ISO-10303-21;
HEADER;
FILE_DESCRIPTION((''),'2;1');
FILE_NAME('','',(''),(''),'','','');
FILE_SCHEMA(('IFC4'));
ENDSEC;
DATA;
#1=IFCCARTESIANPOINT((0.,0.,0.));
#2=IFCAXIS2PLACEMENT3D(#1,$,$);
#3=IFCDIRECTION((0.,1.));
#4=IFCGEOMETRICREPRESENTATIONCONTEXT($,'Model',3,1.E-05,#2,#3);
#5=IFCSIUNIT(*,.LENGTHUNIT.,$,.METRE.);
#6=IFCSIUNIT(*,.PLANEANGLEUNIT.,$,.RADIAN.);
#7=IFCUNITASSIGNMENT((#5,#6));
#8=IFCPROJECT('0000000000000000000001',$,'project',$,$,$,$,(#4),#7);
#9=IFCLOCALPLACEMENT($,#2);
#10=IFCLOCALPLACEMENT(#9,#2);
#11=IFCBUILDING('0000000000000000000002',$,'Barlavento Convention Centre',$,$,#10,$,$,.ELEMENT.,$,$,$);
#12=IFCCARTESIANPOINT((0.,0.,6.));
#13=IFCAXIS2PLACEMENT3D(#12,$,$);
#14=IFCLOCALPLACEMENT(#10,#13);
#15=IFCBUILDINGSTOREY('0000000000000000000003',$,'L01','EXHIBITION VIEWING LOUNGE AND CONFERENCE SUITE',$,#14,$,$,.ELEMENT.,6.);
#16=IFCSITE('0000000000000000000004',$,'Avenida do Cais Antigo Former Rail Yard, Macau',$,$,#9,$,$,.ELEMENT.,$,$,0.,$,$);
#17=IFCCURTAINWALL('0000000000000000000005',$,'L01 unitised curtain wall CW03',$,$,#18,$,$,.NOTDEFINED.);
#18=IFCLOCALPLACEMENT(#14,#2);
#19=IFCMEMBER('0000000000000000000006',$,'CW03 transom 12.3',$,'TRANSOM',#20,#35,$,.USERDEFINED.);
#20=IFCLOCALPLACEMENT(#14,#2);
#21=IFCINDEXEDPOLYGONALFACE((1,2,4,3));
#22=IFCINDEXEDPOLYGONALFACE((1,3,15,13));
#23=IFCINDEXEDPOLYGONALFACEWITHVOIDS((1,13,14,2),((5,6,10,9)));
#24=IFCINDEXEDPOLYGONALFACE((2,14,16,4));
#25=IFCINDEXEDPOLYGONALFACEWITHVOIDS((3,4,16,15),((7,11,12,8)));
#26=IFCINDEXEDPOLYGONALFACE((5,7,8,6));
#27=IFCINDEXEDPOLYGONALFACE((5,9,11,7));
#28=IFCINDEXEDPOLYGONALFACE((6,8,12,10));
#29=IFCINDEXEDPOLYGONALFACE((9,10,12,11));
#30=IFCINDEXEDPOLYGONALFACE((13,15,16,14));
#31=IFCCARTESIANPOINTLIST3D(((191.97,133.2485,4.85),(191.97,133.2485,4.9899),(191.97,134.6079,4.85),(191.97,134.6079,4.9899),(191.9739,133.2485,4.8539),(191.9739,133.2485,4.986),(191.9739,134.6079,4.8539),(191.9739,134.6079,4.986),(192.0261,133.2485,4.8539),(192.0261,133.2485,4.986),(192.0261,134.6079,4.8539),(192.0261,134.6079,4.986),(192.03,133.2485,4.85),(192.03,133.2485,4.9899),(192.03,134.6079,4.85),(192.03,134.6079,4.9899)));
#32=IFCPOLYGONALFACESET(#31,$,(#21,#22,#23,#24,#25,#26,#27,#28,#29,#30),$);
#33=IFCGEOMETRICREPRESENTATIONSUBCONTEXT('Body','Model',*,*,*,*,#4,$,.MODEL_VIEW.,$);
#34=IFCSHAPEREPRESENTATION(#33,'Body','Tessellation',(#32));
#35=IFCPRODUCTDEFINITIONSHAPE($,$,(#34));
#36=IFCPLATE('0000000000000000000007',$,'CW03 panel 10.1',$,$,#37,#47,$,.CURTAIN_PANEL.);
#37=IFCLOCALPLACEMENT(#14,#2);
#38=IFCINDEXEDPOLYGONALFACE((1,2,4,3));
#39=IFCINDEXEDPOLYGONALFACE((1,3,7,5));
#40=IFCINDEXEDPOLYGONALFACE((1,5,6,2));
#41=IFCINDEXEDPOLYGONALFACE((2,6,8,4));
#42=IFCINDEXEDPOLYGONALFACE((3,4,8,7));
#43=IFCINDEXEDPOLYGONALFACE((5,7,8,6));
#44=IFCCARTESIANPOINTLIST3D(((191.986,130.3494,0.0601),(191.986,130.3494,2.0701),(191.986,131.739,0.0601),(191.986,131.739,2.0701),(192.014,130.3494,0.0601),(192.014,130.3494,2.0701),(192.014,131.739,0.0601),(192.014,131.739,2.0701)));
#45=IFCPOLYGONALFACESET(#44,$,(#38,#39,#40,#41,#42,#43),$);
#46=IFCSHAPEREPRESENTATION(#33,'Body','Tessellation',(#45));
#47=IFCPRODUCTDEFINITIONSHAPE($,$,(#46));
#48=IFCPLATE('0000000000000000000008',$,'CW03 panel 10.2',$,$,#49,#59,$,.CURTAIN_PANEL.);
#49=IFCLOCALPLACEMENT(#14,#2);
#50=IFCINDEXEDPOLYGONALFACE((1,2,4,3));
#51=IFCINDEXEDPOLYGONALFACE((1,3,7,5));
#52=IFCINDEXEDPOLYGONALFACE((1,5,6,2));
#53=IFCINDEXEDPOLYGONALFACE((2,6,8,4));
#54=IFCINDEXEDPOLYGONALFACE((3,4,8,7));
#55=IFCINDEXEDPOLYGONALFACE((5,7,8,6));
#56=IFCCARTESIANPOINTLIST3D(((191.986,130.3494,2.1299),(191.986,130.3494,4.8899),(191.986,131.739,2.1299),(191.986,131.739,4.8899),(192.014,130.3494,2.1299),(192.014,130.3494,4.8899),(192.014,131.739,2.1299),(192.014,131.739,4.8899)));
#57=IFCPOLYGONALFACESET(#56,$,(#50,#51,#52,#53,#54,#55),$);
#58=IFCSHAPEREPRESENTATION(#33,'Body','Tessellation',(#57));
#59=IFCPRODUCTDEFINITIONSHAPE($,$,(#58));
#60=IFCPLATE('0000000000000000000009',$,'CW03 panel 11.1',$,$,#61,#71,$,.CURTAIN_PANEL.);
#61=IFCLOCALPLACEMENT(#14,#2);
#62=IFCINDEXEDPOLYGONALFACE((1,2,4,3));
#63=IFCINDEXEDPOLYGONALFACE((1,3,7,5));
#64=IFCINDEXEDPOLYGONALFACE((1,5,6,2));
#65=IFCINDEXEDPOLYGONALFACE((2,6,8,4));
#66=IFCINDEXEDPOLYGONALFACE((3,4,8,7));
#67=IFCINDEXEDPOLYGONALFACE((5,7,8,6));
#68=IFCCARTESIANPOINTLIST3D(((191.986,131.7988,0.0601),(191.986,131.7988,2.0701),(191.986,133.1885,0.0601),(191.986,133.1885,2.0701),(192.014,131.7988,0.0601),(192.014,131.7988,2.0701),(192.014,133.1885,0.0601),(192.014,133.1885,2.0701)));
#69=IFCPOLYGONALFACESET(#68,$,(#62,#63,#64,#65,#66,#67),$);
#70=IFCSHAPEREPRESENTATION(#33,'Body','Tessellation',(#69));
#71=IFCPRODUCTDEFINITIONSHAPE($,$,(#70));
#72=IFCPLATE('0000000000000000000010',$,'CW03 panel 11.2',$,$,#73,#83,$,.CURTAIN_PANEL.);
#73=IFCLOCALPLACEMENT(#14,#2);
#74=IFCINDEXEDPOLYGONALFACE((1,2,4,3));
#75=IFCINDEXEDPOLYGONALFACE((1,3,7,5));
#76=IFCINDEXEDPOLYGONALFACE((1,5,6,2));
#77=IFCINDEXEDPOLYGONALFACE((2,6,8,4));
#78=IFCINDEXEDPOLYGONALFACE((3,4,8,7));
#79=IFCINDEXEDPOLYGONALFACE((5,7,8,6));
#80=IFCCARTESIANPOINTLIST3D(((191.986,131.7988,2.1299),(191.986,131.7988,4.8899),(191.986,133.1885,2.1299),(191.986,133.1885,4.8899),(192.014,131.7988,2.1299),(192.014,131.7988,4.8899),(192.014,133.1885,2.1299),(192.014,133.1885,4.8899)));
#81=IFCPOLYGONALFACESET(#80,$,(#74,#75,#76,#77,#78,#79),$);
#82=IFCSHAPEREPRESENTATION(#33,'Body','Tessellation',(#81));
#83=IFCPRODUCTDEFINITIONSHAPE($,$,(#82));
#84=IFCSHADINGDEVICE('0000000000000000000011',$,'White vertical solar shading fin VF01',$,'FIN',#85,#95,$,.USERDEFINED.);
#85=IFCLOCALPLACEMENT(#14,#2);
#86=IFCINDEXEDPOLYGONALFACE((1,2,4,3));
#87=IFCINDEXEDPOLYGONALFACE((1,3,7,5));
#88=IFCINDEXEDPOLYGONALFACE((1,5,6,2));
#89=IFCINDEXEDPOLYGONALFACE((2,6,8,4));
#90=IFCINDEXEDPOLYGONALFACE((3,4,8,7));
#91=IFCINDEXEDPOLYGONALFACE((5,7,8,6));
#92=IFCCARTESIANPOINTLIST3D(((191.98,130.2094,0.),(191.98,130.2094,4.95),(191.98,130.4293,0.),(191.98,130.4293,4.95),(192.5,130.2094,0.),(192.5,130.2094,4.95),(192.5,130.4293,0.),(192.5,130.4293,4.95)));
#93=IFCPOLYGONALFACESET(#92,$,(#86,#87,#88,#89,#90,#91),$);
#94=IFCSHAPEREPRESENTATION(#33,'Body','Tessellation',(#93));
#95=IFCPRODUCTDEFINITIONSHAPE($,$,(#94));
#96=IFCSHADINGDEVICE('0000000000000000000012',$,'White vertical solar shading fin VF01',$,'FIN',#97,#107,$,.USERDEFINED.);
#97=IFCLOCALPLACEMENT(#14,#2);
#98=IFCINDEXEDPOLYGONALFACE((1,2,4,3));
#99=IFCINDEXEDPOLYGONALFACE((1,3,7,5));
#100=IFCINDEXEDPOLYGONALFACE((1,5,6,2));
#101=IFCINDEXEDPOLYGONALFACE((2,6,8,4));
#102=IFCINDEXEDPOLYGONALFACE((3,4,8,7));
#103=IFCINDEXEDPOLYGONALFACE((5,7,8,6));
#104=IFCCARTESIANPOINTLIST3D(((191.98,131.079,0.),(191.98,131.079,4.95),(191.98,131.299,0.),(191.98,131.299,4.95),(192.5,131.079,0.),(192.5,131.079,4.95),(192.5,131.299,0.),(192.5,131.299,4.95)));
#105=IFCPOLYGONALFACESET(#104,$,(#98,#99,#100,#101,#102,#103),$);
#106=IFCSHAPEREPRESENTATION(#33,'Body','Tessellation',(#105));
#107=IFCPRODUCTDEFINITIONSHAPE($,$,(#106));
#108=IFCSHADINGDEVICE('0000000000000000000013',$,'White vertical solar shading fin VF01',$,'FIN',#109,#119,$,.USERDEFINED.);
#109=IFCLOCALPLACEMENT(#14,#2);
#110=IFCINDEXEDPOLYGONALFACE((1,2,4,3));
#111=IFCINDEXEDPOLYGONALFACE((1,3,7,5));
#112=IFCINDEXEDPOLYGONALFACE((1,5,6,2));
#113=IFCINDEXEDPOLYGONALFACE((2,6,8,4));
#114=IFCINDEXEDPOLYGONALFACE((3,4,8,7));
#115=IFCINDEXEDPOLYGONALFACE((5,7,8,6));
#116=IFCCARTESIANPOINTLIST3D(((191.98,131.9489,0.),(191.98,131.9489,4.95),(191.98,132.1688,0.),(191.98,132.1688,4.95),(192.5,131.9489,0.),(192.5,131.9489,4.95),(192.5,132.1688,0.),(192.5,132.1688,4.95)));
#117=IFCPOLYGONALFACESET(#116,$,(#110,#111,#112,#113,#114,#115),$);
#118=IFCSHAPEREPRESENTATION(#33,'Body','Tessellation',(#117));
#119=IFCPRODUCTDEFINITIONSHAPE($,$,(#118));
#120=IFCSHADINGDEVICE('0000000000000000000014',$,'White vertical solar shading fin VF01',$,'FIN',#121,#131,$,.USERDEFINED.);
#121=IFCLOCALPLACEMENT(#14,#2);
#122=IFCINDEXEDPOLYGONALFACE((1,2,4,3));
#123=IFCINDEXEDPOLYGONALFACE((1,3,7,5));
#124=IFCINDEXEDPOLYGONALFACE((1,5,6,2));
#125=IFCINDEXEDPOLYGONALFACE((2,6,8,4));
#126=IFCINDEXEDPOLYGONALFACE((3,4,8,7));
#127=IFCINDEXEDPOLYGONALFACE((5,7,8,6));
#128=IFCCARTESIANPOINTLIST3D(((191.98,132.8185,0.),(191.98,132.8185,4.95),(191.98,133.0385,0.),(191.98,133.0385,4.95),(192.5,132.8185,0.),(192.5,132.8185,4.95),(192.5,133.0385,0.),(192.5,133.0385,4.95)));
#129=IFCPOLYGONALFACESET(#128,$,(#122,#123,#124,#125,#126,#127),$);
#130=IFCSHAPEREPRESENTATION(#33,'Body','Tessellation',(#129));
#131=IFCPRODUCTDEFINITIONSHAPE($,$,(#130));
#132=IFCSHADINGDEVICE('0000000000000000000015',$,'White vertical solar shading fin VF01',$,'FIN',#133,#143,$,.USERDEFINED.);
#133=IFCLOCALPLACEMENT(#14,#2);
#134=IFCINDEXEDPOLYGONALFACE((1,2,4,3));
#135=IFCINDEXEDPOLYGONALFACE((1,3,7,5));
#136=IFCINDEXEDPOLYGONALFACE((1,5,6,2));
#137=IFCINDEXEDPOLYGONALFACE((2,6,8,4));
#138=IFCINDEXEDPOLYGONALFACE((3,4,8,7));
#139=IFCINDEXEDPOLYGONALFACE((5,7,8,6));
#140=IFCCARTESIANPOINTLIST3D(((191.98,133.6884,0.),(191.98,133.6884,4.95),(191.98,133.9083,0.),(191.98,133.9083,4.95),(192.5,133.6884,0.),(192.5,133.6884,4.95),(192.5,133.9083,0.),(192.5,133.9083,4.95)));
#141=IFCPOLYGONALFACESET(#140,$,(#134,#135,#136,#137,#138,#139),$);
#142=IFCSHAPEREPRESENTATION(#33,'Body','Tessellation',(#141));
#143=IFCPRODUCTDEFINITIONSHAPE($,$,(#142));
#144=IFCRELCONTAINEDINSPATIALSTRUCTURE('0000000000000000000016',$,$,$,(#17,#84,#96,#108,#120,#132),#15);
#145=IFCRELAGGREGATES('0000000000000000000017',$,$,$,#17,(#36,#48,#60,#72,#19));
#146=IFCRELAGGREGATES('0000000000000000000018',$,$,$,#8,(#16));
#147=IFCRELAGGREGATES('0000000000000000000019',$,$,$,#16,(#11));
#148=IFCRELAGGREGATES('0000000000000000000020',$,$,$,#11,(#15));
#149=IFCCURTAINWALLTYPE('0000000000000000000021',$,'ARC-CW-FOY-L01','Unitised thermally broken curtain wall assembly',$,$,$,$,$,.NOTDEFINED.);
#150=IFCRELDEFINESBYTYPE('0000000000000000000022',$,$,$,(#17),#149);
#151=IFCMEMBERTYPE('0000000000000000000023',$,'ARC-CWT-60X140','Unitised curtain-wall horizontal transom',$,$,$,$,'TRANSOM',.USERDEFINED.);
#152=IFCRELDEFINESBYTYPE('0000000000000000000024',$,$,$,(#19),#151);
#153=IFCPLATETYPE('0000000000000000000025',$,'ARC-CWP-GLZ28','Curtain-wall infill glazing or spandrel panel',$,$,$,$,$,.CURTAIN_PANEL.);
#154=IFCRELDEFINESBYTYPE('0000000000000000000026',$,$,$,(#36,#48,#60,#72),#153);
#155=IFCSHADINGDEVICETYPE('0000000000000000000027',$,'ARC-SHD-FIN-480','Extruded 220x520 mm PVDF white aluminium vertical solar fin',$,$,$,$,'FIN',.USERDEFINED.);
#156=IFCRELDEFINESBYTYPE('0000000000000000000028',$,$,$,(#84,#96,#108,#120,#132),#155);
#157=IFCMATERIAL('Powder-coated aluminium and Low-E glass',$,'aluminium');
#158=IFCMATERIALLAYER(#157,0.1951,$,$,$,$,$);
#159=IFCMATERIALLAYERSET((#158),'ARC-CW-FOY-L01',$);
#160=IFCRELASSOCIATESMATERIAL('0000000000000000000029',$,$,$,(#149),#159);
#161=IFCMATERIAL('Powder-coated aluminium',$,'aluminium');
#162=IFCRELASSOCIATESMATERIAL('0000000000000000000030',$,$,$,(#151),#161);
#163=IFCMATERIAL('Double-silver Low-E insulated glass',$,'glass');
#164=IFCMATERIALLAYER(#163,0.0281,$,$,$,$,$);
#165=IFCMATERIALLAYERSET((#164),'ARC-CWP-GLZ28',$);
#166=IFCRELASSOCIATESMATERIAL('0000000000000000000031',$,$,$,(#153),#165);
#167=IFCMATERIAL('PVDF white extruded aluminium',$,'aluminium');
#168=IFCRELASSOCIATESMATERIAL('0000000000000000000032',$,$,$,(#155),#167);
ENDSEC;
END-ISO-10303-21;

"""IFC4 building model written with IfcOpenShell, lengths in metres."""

from ifc_helpers import new_model, si_unit, direction, frame, origin, origin_2d, place, context, subcontext, project, spatial, rectangle, hollow_rectangle, extrude, material, layer, layer_set, material_profile, profile_set, type_object, element, aggregate, save


model = new_model("IFC4")

# Units and contexts
model_context = context("Model", 3, precision=1e-05, world=origin(), true_north=direction((0.0, 1.0)))
body_context = subcontext(model_context, "Body", "Model", "MODEL_VIEW")
ifc_project = project(units=[si_unit("LENGTHUNIT", "METRE"), si_unit("PLANEANGLEUNIT", "RADIAN")], contexts=[model_context])

# Site, building, storey
site_placement = place(None, origin())
site = spatial("IfcSite", under=ifc_project, at=site_placement, Name="Avenida do Cais Antigo Former Rail Yard, Macau", CompositionType="ELEMENT", RefElevation=0.0)
building_placement = place(site_placement, origin())
building = spatial("IfcBuilding", under=site, at=building_placement, Name="Barlavento Convention Centre", CompositionType="ELEMENT")
storey_placement = place(building_placement, frame((0.0, 0.0, 6.0)))
storey = spatial("IfcBuildingStorey", under=building, at=storey_placement, Name="L01", Description="EXHIBITION VIEWING LOUNGE AND CONFERENCE SUITE", CompositionType="ELEMENT", Elevation=6.0)

# Curtain wall, member, plates
ifc_material_1 = material(Name="Powder-coated aluminium and Low-E glass", Category="aluminium")
ifc_layer_1 = layer(ifc_material_1, 0.1951)
ifc_layer_set_1 = layer_set([ifc_layer_1], Name="ARC-CW-FOY-L01")
curtain_wall_type = type_object("IfcCurtainWallType", Name="ARC-CW-FOY-L01", Description="Unitised thermally broken curtain wall assembly", PredefinedType="NOTDEFINED", material=ifc_layer_set_1)
curtain_wall_placement = place(storey_placement, origin())
curtain_wall = element("IfcCurtainWall", 1, at=curtain_wall_placement, inside=storey, type_object=curtain_wall_type, Name="L01 unitised curtain wall CW03", PredefinedType="NOTDEFINED")
ifc_material_2 = material(Name="Powder-coated aluminium", Category="aluminium")
ifc_material_profile_1 = material_profile(ifc_material_2, hollow_rectangle(XDim=0.0601, YDim=0.1399, WallThickness=0.0039, at=origin_2d()), Name="AL-TRAN 60x140x4")
ifc_profile_set_1 = profile_set([ifc_material_profile_1], Name="Powder-coated aluminium")
member_type_1 = type_object("IfcMemberType", Name="ARC-CWT-60X140", Description="Unitised curtain-wall horizontal transom", ElementType="TRANSOM", PredefinedType="USERDEFINED", material=ifc_profile_set_1)
member_1_placement = place(storey_placement, frame((192.0, 133.2485, 4.9199), z_axis=(0.0, 1.0, 0.0), x_axis=(-1.0, 0.0, 0.0)))
member_1 = element("IfcMember", 2, at=member_1_placement, type_object=member_type_1, Name="CW03 transom 12.3", ObjectType="TRANSOM", PredefinedType="USERDEFINED", context=body_context, shape_type="SweptSolid", body=[
    extrude(hollow_rectangle(XDim=0.0601, YDim=0.1399, WallThickness=0.0039, at=origin_2d()), origin(), (0.0, 0.0, 1.0), 1.3594),
])
ifc_material_3 = material(Name="Double-silver Low-E insulated glass", Category="glass")
ifc_layer_2 = layer(ifc_material_3, 0.0281)
ifc_layer_set_2 = layer_set([ifc_layer_2], Name="ARC-CWP-GLZ28")
plate_type = type_object("IfcPlateType", Name="ARC-CWP-GLZ28", Description="Curtain-wall infill glazing or spandrel panel", PredefinedType="CURTAIN_PANEL", material=ifc_layer_set_2)
plate_1_placement = place(storey_placement, frame((192.0, 131.0442, 0.0601), z_axis=(0.0, 0.0, 1.0), x_axis=(0.0, 1.0, 0.0)))
plate_1 = element("IfcPlate", 3, at=plate_1_placement, type_object=plate_type, Name="CW03 panel 10.1", PredefinedType="CURTAIN_PANEL", context=body_context, shape_type="SweptSolid", body=[
    extrude(rectangle(XDim=1.3896, YDim=0.0281, at=origin_2d()), origin(), (0.0, 0.0, 1.0), 2.01),
])
plate_2_placement = place(storey_placement, frame((192.0, 131.0442, 2.1299), z_axis=(0.0, 0.0, 1.0), x_axis=(0.0, 1.0, 0.0)))
plate_2 = element("IfcPlate", 4, at=plate_2_placement, type_object=plate_type, Name="CW03 panel 10.2", PredefinedType="CURTAIN_PANEL", context=body_context, shape_type="SweptSolid", body=[
    extrude(rectangle(XDim=1.3896, YDim=0.0281, at=origin_2d()), origin(), (0.0, 0.0, 1.0), 2.76),
])
plate_3_placement = place(storey_placement, frame((192.0, 132.4937, 0.0601), z_axis=(0.0, 0.0, 1.0), x_axis=(0.0, 1.0, 0.0)))
plate_3 = element("IfcPlate", 5, at=plate_3_placement, type_object=plate_type, Name="CW03 panel 11.1", PredefinedType="CURTAIN_PANEL", context=body_context, shape_type="SweptSolid", body=[
    extrude(rectangle(XDim=1.3896, YDim=0.0281, at=origin_2d()), origin(), (0.0, 0.0, 1.0), 2.01),
])
plate_4_placement = place(storey_placement, frame((192.0, 132.4937, 2.1299), z_axis=(0.0, 0.0, 1.0), x_axis=(0.0, 1.0, 0.0)))
plate_4 = element("IfcPlate", 6, at=plate_4_placement, type_object=plate_type, Name="CW03 panel 11.2", PredefinedType="CURTAIN_PANEL", context=body_context, shape_type="SweptSolid", body=[
    extrude(rectangle(XDim=1.3896, YDim=0.0281, at=origin_2d()), origin(), (0.0, 0.0, 1.0), 2.76),
])
aggregate(curtain_wall, [plate_1, plate_2, plate_3, plate_4, member_1])

# Shading devices
ifc_material_4 = material(Name="PVDF white extruded aluminium", Category="aluminium")
shading_device_type = type_object("IfcShadingDeviceType", Name="ARC-SHD-FIN-480", Description="Extruded 220x520 mm PVDF white aluminium vertical solar fin", ElementType="FIN", PredefinedType="USERDEFINED", material=ifc_material_4)
for number, where, z_axis, x_axis, name in (
    (7, (192.24, 130.3193, 0.0), (0.0, 0.0, 1.0), (0.0, 1.0, 0.0), "White vertical solar shading fin VF01"),
    (8, (192.24, 131.189, 0.0), (0.0, 0.0, 1.0), (0.0, 1.0, 0.0), "White vertical solar shading fin VF01"),
    (9, (192.24, 132.0588, 0.0), (0.0, 0.0, 1.0), (0.0, 1.0, 0.0), "White vertical solar shading fin VF01"),
    (10, (192.24, 132.9285, 0.0), (0.0, 0.0, 1.0), (0.0, 1.0, 0.0), "White vertical solar shading fin VF01"),
    (11, (192.24, 133.7983, 0.0), (0.0, 0.0, 1.0), (0.0, 1.0, 0.0), "White vertical solar shading fin VF01"),
):
    element("IfcShadingDevice", number, at=place(storey_placement, frame(where, z_axis=z_axis, x_axis=x_axis)), inside=storey, type_object=shading_device_type, Name=name, ObjectType="FIN", PredefinedType="USERDEFINED", context=body_context, shape_type="SweptSolid", body=[
        extrude(rectangle(XDim=0.22, YDim=0.52, at=origin_2d()), origin(), (0.0, 0.0, 1.0), 4.95),
    ])

save(model, "model.ifc")
